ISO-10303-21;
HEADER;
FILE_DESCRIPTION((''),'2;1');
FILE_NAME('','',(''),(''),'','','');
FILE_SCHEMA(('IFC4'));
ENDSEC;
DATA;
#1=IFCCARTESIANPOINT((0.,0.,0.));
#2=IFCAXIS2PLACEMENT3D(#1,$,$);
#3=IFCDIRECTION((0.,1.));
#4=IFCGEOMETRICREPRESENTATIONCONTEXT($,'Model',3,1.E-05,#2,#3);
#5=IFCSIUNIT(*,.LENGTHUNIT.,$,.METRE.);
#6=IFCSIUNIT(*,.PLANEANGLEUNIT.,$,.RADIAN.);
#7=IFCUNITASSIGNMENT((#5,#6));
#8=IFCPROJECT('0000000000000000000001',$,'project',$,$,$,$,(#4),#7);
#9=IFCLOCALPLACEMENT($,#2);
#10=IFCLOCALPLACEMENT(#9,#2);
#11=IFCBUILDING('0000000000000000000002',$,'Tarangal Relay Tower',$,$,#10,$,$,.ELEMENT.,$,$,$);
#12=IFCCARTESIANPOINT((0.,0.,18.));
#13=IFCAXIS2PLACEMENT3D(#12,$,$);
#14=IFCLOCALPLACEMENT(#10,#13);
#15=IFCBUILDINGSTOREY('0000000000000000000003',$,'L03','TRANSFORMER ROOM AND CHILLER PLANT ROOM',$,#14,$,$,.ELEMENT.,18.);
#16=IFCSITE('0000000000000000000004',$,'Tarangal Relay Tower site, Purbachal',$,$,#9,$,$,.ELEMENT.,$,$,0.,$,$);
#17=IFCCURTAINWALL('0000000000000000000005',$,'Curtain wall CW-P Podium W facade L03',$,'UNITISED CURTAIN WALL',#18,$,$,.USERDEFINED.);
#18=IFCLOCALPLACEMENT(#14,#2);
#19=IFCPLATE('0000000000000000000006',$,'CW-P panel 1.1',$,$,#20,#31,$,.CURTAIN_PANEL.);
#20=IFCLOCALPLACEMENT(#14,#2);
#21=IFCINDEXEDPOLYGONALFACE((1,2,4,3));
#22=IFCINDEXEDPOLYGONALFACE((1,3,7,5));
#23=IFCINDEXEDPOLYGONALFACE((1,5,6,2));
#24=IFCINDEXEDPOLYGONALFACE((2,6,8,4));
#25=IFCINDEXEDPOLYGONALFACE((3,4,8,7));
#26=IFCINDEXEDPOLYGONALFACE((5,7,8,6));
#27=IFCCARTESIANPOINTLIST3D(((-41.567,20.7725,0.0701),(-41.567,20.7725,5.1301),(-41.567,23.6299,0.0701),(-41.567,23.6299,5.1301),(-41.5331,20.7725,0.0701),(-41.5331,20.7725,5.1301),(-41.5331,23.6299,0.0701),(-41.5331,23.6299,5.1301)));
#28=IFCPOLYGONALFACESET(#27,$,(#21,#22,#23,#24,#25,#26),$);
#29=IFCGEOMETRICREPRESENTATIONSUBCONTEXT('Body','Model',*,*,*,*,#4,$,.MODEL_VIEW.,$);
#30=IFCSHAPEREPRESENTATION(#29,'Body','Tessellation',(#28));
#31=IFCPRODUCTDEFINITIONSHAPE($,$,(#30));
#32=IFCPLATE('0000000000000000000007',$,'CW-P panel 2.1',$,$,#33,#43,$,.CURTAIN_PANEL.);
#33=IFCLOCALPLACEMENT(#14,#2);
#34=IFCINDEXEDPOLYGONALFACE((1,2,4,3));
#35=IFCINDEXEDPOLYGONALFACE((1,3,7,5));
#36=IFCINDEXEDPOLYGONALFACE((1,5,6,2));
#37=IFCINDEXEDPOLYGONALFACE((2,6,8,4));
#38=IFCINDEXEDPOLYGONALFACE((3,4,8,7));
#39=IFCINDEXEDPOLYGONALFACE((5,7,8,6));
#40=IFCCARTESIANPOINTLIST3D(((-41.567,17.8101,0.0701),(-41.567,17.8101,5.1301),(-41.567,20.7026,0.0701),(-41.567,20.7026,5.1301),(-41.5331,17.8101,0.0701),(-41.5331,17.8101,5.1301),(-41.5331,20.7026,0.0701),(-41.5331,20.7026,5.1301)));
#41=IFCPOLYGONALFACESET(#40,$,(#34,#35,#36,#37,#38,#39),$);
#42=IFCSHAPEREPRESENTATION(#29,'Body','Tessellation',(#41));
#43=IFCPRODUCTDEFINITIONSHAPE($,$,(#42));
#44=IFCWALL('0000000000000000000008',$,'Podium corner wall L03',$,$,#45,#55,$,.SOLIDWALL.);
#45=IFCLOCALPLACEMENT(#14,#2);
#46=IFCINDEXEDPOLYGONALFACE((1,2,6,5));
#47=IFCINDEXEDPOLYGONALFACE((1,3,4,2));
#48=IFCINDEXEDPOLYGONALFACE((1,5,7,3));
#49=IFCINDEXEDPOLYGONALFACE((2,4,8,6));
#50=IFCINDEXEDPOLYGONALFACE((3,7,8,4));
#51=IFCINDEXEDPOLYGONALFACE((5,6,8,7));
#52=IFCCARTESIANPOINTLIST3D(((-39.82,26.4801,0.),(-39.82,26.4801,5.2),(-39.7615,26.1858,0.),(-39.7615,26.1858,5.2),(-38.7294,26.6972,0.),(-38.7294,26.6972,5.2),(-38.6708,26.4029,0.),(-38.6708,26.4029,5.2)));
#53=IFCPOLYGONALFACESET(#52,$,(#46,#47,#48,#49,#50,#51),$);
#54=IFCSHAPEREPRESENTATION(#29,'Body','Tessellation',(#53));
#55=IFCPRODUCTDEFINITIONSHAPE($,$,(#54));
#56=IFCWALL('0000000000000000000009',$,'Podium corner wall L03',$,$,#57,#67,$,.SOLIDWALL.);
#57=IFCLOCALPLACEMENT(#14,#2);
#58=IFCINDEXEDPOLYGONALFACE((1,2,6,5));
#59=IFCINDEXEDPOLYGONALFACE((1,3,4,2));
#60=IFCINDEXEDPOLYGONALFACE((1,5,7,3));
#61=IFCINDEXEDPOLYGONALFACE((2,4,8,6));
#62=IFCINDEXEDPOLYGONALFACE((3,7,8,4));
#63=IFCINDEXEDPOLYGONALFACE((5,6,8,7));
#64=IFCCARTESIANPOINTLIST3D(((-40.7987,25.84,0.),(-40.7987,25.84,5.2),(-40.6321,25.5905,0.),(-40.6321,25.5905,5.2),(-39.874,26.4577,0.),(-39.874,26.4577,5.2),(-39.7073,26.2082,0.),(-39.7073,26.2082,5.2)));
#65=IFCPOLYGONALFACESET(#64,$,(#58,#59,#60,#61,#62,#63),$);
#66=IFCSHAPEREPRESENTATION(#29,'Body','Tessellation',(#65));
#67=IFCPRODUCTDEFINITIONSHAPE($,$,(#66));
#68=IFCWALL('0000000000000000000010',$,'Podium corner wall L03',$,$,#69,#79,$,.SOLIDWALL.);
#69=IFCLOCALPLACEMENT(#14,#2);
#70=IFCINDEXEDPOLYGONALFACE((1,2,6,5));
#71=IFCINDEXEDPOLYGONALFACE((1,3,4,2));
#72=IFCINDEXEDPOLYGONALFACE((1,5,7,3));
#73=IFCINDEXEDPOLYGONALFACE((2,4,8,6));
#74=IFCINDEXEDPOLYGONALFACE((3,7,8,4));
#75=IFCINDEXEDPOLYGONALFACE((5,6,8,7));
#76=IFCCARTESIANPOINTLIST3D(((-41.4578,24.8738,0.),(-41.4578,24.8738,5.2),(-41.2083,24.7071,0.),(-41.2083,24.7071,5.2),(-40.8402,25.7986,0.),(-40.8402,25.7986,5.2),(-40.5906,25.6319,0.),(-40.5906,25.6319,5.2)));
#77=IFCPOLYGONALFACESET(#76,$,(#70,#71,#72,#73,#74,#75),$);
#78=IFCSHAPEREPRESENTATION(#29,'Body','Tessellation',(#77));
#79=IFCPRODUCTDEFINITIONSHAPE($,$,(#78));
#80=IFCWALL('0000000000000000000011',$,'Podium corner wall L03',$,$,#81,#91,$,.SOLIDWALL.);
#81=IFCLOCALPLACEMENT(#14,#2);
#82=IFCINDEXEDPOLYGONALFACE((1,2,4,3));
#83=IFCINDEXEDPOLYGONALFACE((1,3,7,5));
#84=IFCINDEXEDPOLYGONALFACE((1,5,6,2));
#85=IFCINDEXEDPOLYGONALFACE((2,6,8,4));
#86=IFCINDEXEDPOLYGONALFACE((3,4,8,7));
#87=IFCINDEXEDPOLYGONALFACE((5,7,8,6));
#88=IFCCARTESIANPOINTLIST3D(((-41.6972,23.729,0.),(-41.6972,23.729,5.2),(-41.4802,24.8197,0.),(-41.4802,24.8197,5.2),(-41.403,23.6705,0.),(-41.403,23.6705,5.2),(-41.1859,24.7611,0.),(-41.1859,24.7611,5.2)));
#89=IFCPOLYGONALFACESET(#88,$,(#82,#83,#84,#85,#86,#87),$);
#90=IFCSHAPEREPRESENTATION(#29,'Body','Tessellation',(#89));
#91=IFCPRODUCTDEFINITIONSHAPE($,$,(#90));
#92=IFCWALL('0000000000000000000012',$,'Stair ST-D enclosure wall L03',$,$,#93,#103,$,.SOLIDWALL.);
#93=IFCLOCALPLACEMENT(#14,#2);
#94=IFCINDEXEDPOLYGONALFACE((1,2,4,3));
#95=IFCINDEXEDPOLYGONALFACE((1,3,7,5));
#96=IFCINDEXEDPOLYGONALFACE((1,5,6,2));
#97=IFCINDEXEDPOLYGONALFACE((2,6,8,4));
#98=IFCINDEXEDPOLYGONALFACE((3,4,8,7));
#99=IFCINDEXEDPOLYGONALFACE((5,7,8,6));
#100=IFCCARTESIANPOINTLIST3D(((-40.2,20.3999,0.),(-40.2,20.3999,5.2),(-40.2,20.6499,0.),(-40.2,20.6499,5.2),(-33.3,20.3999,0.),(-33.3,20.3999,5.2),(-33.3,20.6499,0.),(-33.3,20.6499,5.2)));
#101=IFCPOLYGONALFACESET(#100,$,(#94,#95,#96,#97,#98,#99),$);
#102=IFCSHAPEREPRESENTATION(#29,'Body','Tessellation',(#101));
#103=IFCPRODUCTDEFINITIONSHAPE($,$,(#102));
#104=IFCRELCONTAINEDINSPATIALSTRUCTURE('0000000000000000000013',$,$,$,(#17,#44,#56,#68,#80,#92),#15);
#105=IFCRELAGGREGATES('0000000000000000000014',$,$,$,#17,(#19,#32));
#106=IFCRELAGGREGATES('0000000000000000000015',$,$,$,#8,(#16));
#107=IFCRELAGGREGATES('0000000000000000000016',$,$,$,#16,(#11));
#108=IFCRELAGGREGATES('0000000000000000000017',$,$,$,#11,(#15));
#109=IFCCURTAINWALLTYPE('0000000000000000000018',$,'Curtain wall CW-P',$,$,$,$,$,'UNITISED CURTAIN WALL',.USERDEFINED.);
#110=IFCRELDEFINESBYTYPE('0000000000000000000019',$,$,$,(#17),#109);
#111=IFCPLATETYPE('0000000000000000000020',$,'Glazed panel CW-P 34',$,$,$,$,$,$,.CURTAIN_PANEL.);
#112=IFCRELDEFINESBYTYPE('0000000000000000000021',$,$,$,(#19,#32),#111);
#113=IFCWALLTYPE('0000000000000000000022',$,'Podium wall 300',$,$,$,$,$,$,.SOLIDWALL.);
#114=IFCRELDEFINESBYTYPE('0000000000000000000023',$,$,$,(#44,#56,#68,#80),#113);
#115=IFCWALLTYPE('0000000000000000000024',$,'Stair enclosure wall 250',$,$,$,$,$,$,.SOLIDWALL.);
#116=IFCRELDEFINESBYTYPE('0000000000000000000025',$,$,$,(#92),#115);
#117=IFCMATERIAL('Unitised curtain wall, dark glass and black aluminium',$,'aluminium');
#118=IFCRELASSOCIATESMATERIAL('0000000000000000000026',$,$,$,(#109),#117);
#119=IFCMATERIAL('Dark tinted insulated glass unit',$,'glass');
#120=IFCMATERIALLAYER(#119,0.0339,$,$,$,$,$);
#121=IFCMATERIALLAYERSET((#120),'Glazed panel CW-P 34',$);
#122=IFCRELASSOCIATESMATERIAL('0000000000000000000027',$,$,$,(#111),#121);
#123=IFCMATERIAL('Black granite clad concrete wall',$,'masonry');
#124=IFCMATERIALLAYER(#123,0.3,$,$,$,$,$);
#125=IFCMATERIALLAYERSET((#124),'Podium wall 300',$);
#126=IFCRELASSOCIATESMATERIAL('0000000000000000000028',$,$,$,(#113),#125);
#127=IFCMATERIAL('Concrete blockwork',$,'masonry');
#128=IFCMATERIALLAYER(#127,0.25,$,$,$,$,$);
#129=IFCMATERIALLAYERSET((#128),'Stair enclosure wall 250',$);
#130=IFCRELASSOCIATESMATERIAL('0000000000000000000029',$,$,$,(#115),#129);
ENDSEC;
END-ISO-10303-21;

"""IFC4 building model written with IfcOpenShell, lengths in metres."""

from ifc_helpers import new_model, si_unit, direction, frame, frame_2d, origin, origin_2d, place, context, subcontext, project, spatial, rectangle, extrude, material, layer, layer_set, type_object, element, aggregate, save


model = new_model("IFC4")

# Units and contexts
model_context = context("Model", 3, precision=1e-05, world=origin(), true_north=direction((0.0, 1.0)))
body_context = subcontext(model_context, "Body", "Model", "MODEL_VIEW")
ifc_project = project(units=[si_unit("LENGTHUNIT", "METRE"), si_unit("PLANEANGLEUNIT", "RADIAN")], contexts=[model_context])

# Site, building, storey
site_placement = place(None, origin())
site = spatial("IfcSite", under=ifc_project, at=site_placement, Name="Tarangal Relay Tower site, Purbachal", CompositionType="ELEMENT", RefElevation=0.0)
building_placement = place(site_placement, origin())
building = spatial("IfcBuilding", under=site, at=building_placement, Name="Tarangal Relay Tower", CompositionType="ELEMENT")
storey_placement = place(building_placement, frame((0.0, 0.0, 18.0)))
storey = spatial("IfcBuildingStorey", under=building, at=storey_placement, Name="L03", Description="TRANSFORMER ROOM AND CHILLER PLANT ROOM", CompositionType="ELEMENT", Elevation=18.0)

# Shared definitions
ifc_material_1 = material(Name="Unitised curtain wall, dark glass and black aluminium", Category="aluminium")
curtain_wall_type = type_object("IfcCurtainWallType", Name="Curtain wall CW-P", ElementType="UNITISED CURTAIN WALL", PredefinedType="USERDEFINED", material=ifc_material_1)

# Curtain wall
curtain_wall_1_placement = place(storey_placement, origin())
curtain_wall_1 = element("IfcCurtainWall", 1, at=curtain_wall_1_placement, inside=storey, type_object=curtain_wall_type, Name="Curtain wall CW-P Podium W facade L03", ObjectType="UNITISED CURTAIN WALL", PredefinedType="USERDEFINED")

# Plates
ifc_material_2 = material(Name="Dark tinted insulated glass unit", Category="glass")
ifc_layer_1 = layer(ifc_material_2, 0.0339)
ifc_layer_set_1 = layer_set([ifc_layer_1], Name="Glazed panel CW-P 34")
plate_type = type_object("IfcPlateType", Name="Glazed panel CW-P 34", PredefinedType="CURTAIN_PANEL", material=ifc_layer_set_1)
plate_1_placement = place(storey_placement, frame((-41.55, 22.2012, 0.0701), z_axis=(0.0, 0.0, 1.0), x_axis=(0.0, -1.0, 0.0)))
plate_1 = element("IfcPlate", 2, at=plate_1_placement, type_object=plate_type, Name="CW-P panel 1.1", PredefinedType="CURTAIN_PANEL", context=body_context, shape_type="SweptSolid", body=[
    extrude(rectangle(XDim=2.8574, YDim=0.0339, at=origin_2d()), origin(), (0.0, 0.0, 1.0), 5.0601),
])
plate_2_placement = place(storey_placement, frame((-41.55, 19.2563, 0.0701), z_axis=(0.0, 0.0, 1.0), x_axis=(0.0, -1.0, 0.0)))
plate_2 = element("IfcPlate", 3, at=plate_2_placement, type_object=plate_type, Name="CW-P panel 2.1", PredefinedType="CURTAIN_PANEL", context=body_context, shape_type="SweptSolid", body=[
    extrude(rectangle(XDim=2.8926, YDim=0.0339, at=origin_2d()), origin(), (0.0, 0.0, 1.0), 5.0601),
])
aggregate(curtain_wall_1, [plate_1, plate_2])

# Walls
ifc_material_3 = material(Name="Black granite clad concrete wall", Category="masonry")
ifc_layer_2 = layer(ifc_material_3, 0.3)
ifc_layer_set_2 = layer_set([ifc_layer_2], Name="Podium wall 300")
wall_type_1 = type_object("IfcWallType", Name="Podium wall 300", PredefinedType="SOLIDWALL", material=ifc_layer_set_2)
for number, where, z_axis, x_axis, name in (
    (4, (-38.7, 26.55, 0.0), (0.0, 0.0, 1.0), (-0.980766, -0.195187, 0.0), "Podium corner wall L03"),
    (5, (-39.7905, 26.333, 0.0), (0.0, 0.0, 1.0), (-0.831577, -0.555409, 0.0), "Podium corner wall L03"),
    (6, (-40.7153, 25.7153, 0.0), (0.0, 0.0, 1.0), (-0.555409, -0.831577, 0.0), "Podium corner wall L03"),
    (7, (-41.333, 24.7905, 0.0), (0.0, 0.0, 1.0), (-0.195187, -0.980766, 0.0), "Podium corner wall L03"),
):
    element("IfcWall", number, at=place(storey_placement, frame(where, z_axis=z_axis, x_axis=x_axis)), inside=storey, type_object=wall_type_1, Name=name, PredefinedType="SOLIDWALL", context=body_context, shape_type="SweptSolid", body=[
        extrude(rectangle(XDim=1.1121, YDim=0.3, at=frame_2d((0.5562, 0.0))), origin(), (0.0, 0.0, 1.0), 5.2),
    ])
ifc_material_4 = material(Name="Concrete blockwork", Category="masonry")
ifc_layer_3 = layer(ifc_material_4, 0.25)
ifc_layer_set_3 = layer_set([ifc_layer_3], Name="Stair enclosure wall 250")
wall_type_2 = type_object("IfcWallType", Name="Stair enclosure wall 250", PredefinedType="SOLIDWALL", material=ifc_layer_set_3)
wall_placement = place(storey_placement, frame((-40.2, 20.5249, 0.0), z_axis=(0.0, 0.0, 1.0), x_axis=(1.0, 0.0, 0.0)))
element("IfcWall", 8, at=wall_placement, inside=storey, type_object=wall_type_2, Name="Stair ST-D enclosure wall L03", PredefinedType="SOLIDWALL", context=body_context, shape_type="SweptSolid", body=[
    extrude(rectangle(XDim=6.8999, YDim=0.25, at=frame_2d((3.45, 0.0))), origin(), (0.0, 0.0, 1.0), 5.2),
])

save(model, "model.ifc")
